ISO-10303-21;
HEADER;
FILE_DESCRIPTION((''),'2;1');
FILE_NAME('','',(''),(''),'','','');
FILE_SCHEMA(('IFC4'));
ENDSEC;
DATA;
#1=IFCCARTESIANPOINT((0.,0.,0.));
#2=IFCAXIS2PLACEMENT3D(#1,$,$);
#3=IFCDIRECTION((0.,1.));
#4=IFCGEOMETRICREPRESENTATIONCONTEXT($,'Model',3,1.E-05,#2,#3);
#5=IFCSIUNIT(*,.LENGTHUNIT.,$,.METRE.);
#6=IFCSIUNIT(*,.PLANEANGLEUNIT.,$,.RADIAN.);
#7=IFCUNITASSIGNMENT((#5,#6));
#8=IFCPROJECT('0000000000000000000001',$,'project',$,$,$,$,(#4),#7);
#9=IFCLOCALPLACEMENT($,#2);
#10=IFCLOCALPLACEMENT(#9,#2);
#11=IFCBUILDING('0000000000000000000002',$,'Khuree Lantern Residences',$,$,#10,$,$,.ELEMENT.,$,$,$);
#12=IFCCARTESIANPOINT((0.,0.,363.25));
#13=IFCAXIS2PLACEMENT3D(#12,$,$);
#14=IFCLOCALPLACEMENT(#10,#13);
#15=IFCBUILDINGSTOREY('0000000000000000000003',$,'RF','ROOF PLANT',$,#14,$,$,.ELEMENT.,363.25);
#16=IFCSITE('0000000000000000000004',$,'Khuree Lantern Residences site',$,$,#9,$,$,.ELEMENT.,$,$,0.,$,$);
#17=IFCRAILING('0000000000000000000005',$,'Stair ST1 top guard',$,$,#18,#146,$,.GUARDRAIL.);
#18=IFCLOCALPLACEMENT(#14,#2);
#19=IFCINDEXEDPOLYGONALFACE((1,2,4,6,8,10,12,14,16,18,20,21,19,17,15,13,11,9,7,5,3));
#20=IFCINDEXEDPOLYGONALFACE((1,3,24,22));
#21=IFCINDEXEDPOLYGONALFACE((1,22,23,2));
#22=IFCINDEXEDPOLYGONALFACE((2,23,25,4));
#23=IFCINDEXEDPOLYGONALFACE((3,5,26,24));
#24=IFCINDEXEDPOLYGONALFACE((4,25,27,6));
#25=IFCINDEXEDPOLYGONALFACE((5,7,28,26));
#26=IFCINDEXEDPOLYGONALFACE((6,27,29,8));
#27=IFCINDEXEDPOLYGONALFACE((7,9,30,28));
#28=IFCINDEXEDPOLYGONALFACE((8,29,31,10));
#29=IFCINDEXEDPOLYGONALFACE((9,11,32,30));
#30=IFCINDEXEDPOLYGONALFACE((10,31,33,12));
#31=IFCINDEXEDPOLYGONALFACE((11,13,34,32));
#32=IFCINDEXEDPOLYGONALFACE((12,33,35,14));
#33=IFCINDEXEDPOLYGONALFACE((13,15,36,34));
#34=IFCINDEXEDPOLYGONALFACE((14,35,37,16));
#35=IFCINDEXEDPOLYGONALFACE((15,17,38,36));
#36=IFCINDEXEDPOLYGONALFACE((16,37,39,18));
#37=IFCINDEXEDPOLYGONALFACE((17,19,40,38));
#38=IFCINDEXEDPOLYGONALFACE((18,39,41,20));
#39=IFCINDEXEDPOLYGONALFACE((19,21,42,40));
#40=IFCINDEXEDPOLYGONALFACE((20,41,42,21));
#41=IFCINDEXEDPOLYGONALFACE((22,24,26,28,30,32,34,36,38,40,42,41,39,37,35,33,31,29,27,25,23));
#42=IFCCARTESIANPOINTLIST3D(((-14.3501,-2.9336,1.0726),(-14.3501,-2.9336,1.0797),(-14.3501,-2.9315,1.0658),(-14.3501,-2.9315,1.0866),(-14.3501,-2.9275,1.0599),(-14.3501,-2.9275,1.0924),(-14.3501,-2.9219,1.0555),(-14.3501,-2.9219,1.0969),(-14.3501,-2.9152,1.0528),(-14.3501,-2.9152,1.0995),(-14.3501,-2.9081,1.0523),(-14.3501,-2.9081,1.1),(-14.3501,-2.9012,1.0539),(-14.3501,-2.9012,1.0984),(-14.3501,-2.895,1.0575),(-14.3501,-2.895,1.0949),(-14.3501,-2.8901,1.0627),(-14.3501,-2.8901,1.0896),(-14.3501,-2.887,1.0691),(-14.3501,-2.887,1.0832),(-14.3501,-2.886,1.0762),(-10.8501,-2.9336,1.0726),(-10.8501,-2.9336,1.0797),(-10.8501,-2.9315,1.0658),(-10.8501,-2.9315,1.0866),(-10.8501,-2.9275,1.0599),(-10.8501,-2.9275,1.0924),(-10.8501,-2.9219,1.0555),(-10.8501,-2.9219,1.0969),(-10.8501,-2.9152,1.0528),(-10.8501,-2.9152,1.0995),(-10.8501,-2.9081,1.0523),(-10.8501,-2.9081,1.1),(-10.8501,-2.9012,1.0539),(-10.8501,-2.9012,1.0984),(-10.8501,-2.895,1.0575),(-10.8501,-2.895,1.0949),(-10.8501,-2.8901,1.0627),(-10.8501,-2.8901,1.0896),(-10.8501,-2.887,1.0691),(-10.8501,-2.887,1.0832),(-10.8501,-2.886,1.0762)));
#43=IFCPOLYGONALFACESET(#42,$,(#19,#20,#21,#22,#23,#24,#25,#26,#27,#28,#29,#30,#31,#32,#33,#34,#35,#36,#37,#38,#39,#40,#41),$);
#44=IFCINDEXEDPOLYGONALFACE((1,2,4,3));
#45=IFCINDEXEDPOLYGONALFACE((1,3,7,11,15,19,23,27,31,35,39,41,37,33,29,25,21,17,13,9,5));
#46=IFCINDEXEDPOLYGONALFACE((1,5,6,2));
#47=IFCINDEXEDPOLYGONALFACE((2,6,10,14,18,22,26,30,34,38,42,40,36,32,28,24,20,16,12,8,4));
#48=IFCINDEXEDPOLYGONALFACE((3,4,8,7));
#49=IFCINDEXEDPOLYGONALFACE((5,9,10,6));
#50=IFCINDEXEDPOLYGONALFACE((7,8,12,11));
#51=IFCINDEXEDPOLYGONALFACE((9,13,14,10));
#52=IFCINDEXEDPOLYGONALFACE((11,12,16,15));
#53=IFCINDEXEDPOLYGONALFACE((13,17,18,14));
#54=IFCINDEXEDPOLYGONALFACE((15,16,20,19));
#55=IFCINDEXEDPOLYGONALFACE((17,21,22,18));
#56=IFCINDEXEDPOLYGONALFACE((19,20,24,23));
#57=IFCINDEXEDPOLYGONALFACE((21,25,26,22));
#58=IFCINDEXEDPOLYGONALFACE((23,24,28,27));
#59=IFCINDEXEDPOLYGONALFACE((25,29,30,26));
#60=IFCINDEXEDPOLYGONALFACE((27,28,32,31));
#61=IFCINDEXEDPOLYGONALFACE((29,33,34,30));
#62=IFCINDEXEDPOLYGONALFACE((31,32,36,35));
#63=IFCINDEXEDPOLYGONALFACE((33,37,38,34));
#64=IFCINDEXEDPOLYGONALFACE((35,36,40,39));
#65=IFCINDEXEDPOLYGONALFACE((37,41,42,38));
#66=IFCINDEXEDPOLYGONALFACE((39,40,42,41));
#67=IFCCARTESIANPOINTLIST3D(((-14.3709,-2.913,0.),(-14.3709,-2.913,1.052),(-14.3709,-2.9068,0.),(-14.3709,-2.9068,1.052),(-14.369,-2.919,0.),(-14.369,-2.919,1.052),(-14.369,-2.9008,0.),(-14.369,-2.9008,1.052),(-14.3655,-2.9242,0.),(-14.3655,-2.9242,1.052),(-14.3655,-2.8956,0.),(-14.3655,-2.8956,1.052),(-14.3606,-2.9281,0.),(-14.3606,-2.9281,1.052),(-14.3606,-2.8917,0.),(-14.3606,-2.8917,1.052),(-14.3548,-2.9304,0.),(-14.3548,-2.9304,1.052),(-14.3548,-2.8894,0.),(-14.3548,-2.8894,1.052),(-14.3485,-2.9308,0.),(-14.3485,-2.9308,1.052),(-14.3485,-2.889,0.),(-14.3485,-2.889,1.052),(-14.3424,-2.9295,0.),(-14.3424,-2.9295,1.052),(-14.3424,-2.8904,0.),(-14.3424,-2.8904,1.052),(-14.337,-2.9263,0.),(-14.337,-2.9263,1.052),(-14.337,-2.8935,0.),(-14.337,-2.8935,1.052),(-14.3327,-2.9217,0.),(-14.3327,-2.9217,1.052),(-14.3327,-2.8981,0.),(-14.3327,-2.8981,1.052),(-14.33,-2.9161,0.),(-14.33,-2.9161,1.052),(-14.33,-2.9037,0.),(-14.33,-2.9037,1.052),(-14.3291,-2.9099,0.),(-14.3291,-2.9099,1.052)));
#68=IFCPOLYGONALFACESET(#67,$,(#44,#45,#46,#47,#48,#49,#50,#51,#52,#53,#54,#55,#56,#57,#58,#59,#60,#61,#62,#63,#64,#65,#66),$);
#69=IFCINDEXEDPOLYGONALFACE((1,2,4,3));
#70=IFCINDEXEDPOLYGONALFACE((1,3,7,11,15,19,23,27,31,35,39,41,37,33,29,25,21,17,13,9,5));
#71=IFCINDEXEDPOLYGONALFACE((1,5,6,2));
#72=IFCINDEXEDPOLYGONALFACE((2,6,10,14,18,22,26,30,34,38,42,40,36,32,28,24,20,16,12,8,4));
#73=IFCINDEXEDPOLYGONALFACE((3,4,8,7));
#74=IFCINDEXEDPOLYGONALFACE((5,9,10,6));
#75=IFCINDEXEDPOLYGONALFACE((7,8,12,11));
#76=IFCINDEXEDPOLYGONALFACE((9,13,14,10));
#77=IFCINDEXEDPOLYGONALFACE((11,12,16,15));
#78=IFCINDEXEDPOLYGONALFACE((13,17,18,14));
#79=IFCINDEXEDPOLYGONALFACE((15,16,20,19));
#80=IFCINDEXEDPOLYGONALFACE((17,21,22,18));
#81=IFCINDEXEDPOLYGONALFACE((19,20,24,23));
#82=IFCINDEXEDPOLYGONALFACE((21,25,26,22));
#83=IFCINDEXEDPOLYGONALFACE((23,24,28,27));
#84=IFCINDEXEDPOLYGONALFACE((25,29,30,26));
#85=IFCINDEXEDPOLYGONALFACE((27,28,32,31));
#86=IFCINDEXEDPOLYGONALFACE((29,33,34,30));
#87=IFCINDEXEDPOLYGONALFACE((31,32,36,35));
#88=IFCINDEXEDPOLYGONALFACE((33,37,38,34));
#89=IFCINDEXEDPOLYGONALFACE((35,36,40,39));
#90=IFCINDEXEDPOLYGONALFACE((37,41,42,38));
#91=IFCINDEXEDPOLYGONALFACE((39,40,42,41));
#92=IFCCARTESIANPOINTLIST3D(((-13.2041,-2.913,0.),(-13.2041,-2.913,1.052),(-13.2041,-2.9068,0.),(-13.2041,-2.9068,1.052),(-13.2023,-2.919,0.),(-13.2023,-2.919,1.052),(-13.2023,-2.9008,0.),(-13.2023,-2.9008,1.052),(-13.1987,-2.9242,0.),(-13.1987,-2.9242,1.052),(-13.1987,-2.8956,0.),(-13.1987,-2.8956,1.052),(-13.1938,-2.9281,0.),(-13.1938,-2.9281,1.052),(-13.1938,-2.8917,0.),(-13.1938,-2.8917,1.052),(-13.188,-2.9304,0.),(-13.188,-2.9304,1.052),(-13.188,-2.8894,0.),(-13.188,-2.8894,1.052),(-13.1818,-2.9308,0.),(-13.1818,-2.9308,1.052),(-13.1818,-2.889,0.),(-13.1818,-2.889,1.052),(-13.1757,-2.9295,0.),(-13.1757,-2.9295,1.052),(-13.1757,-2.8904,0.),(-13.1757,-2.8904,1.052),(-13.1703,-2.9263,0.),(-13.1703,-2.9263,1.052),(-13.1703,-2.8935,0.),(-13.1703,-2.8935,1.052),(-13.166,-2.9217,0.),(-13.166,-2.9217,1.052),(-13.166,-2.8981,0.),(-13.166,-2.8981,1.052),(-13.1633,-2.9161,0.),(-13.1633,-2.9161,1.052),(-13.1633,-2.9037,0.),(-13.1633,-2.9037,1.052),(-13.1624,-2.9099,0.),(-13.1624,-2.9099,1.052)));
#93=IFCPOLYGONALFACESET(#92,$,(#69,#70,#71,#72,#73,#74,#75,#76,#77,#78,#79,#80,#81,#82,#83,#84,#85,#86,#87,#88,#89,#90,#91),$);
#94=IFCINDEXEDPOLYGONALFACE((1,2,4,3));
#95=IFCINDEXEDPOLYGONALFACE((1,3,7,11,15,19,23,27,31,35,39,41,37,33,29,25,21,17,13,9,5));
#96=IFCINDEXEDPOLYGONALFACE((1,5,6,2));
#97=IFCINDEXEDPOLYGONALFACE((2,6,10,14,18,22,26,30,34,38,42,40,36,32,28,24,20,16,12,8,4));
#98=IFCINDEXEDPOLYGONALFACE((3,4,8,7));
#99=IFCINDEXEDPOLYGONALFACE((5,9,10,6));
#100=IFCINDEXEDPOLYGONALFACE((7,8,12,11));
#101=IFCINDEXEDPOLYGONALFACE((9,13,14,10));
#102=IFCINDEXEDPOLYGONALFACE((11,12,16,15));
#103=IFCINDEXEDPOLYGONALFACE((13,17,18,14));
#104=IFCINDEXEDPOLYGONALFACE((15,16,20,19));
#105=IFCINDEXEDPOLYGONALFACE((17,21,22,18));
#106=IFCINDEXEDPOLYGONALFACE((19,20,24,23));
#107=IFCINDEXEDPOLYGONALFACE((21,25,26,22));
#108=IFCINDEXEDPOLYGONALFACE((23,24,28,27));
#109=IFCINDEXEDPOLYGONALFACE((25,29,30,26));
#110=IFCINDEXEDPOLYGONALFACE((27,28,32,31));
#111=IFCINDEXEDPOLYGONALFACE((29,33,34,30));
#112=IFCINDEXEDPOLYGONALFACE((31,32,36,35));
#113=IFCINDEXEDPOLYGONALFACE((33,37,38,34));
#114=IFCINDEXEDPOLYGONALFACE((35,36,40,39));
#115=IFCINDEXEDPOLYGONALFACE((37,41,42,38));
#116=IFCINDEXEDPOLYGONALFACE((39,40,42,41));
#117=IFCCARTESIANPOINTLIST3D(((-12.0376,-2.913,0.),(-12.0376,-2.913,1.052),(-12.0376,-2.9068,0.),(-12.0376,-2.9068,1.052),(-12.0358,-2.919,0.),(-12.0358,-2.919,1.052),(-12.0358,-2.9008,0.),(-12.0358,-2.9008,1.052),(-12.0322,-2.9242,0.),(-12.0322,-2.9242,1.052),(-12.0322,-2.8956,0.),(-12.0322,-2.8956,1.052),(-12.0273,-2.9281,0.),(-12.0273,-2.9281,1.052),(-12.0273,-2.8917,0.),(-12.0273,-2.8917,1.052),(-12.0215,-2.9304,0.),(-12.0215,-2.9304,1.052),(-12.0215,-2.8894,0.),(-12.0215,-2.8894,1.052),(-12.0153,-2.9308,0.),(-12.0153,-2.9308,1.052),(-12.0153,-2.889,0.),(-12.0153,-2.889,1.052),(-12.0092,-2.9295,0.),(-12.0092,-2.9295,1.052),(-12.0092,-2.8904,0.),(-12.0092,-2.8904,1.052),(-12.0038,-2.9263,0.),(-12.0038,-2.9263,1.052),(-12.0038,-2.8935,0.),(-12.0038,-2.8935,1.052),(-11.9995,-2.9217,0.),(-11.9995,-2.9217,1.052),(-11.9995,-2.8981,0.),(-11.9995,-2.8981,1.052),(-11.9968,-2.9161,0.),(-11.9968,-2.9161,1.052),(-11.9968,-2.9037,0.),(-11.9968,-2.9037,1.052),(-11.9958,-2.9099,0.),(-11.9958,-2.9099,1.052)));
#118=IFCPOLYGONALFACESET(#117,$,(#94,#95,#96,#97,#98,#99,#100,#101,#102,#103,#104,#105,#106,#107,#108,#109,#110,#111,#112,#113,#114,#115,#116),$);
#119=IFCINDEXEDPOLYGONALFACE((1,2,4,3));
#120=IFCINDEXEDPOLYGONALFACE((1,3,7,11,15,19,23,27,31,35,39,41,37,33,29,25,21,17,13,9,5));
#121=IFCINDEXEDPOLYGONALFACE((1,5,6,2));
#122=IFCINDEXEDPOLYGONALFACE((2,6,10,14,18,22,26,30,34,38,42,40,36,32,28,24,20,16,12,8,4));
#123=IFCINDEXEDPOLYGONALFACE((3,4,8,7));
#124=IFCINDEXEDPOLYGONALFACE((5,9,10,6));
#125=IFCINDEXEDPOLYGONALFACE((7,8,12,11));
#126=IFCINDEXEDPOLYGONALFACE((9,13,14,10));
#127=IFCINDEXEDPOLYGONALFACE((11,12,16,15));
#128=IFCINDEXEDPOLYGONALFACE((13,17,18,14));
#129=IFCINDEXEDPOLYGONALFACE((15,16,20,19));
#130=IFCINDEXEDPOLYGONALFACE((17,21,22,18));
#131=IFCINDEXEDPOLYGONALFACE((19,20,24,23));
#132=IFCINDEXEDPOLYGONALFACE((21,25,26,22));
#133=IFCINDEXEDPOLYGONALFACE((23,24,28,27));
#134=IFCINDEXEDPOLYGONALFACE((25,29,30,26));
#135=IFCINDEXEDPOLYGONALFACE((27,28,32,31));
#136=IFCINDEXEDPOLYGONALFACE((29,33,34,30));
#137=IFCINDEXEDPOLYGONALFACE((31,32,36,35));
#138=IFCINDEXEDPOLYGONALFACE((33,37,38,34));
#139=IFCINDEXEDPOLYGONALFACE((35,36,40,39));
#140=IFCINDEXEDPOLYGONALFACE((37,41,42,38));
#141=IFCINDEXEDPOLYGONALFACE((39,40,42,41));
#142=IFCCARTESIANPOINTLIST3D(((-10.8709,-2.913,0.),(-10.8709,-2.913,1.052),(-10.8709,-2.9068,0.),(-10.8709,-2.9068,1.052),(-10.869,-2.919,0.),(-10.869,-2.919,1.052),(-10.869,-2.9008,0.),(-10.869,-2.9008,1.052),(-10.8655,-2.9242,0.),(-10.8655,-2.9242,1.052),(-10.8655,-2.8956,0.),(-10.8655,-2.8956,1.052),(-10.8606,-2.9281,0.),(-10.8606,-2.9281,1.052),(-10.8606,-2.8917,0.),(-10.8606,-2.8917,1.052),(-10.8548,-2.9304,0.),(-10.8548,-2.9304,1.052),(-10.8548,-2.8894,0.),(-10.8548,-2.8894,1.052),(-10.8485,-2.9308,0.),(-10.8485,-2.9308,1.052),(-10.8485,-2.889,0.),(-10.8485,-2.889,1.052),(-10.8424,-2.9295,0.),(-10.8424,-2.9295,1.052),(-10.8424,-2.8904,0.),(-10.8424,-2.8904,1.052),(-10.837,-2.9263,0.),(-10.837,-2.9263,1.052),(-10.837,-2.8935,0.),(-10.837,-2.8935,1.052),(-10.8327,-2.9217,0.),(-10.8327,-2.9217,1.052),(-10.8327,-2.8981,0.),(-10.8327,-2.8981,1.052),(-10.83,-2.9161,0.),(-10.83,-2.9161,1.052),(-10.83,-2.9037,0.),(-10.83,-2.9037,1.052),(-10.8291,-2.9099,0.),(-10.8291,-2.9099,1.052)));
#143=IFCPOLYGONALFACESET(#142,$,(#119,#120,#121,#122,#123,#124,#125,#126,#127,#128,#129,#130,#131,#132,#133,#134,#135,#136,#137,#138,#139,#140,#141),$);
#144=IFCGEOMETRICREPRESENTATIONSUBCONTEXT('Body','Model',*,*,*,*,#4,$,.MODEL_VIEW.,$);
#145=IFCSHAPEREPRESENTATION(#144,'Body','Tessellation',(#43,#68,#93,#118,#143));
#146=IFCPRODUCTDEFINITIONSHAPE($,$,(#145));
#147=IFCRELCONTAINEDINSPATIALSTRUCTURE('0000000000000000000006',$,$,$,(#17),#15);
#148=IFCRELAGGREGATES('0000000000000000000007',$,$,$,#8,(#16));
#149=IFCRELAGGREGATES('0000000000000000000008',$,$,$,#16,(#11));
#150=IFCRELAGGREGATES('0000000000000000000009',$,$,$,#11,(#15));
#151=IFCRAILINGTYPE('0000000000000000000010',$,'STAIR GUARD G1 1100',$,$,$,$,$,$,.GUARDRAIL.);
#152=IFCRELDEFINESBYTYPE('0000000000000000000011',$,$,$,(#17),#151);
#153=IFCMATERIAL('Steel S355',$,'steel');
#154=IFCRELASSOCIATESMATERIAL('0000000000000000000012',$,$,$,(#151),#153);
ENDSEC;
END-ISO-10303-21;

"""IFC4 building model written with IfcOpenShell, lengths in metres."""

from ifc_helpers import new_model, si_unit, direction, frame, origin, origin_2d, place, context, subcontext, project, spatial, circle, extrude, material, type_object, element, save


model = new_model("IFC4")

# Units and contexts
model_context = context("Model", 3, precision=1e-05, world=origin(), true_north=direction((0.0, 1.0)))
body_context = subcontext(model_context, "Body", "Model", "MODEL_VIEW")
ifc_project = project(units=[si_unit("LENGTHUNIT", "METRE"), si_unit("PLANEANGLEUNIT", "RADIAN")], contexts=[model_context])

# Site, building, storey
site_placement = place(None, origin())
site = spatial("IfcSite", under=ifc_project, at=site_placement, Name="Khuree Lantern Residences site", CompositionType="ELEMENT", RefElevation=0.0)
building_placement = place(site_placement, origin())
building = spatial("IfcBuilding", under=site, at=building_placement, Name="Khuree Lantern Residences", CompositionType="ELEMENT")
storey_placement = place(building_placement, frame((0.0, 0.0, 363.25)))
storey = spatial("IfcBuildingStorey", under=building, at=storey_placement, Name="RF", Description="ROOF PLANT", CompositionType="ELEMENT", Elevation=363.25)

# Shared definitions
ifc_material_1 = material(Name="Steel S355", Category="steel")

# Railing
railing_type_1 = type_object("IfcRailingType", Name="STAIR GUARD G1 1100", PredefinedType="GUARDRAIL", material=ifc_material_1)
railing_1_placement = place(storey_placement, frame((-14.3501, -2.9099, 0.0)))
element("IfcRailing", 1, at=railing_1_placement, inside=storey, type_object=railing_type_1, Name="Stair ST1 top guard", PredefinedType="GUARDRAIL", context=body_context, shape_type="SweptSolid", body=[
    extrude(circle(Radius=0.0239, at=origin_2d()), frame((0.0, 0.0, 1.0762), z_axis=(1.0, 0.0, 0.0), x_axis=(0.0, 1.0, 0.0)), (0.0, 0.0, 1.0), 3.5),
    extrude(circle(Radius=0.021, at=origin_2d()), origin(), (0.0, 0.0, 1.0), 1.052),
    extrude(circle(Radius=0.021, at=origin_2d()), frame((1.1667, 0.0, 0.0)), (0.0, 0.0, 1.0), 1.052),
    extrude(circle(Radius=0.021, at=origin_2d()), frame((2.3333, 0.0, 0.0)), (0.0, 0.0, 1.0), 1.052),
    extrude(circle(Radius=0.021, at=origin_2d()), frame((3.5, 0.0, 0.0)), (0.0, 0.0, 1.0), 1.052),
])

save(model, "model.ifc")
